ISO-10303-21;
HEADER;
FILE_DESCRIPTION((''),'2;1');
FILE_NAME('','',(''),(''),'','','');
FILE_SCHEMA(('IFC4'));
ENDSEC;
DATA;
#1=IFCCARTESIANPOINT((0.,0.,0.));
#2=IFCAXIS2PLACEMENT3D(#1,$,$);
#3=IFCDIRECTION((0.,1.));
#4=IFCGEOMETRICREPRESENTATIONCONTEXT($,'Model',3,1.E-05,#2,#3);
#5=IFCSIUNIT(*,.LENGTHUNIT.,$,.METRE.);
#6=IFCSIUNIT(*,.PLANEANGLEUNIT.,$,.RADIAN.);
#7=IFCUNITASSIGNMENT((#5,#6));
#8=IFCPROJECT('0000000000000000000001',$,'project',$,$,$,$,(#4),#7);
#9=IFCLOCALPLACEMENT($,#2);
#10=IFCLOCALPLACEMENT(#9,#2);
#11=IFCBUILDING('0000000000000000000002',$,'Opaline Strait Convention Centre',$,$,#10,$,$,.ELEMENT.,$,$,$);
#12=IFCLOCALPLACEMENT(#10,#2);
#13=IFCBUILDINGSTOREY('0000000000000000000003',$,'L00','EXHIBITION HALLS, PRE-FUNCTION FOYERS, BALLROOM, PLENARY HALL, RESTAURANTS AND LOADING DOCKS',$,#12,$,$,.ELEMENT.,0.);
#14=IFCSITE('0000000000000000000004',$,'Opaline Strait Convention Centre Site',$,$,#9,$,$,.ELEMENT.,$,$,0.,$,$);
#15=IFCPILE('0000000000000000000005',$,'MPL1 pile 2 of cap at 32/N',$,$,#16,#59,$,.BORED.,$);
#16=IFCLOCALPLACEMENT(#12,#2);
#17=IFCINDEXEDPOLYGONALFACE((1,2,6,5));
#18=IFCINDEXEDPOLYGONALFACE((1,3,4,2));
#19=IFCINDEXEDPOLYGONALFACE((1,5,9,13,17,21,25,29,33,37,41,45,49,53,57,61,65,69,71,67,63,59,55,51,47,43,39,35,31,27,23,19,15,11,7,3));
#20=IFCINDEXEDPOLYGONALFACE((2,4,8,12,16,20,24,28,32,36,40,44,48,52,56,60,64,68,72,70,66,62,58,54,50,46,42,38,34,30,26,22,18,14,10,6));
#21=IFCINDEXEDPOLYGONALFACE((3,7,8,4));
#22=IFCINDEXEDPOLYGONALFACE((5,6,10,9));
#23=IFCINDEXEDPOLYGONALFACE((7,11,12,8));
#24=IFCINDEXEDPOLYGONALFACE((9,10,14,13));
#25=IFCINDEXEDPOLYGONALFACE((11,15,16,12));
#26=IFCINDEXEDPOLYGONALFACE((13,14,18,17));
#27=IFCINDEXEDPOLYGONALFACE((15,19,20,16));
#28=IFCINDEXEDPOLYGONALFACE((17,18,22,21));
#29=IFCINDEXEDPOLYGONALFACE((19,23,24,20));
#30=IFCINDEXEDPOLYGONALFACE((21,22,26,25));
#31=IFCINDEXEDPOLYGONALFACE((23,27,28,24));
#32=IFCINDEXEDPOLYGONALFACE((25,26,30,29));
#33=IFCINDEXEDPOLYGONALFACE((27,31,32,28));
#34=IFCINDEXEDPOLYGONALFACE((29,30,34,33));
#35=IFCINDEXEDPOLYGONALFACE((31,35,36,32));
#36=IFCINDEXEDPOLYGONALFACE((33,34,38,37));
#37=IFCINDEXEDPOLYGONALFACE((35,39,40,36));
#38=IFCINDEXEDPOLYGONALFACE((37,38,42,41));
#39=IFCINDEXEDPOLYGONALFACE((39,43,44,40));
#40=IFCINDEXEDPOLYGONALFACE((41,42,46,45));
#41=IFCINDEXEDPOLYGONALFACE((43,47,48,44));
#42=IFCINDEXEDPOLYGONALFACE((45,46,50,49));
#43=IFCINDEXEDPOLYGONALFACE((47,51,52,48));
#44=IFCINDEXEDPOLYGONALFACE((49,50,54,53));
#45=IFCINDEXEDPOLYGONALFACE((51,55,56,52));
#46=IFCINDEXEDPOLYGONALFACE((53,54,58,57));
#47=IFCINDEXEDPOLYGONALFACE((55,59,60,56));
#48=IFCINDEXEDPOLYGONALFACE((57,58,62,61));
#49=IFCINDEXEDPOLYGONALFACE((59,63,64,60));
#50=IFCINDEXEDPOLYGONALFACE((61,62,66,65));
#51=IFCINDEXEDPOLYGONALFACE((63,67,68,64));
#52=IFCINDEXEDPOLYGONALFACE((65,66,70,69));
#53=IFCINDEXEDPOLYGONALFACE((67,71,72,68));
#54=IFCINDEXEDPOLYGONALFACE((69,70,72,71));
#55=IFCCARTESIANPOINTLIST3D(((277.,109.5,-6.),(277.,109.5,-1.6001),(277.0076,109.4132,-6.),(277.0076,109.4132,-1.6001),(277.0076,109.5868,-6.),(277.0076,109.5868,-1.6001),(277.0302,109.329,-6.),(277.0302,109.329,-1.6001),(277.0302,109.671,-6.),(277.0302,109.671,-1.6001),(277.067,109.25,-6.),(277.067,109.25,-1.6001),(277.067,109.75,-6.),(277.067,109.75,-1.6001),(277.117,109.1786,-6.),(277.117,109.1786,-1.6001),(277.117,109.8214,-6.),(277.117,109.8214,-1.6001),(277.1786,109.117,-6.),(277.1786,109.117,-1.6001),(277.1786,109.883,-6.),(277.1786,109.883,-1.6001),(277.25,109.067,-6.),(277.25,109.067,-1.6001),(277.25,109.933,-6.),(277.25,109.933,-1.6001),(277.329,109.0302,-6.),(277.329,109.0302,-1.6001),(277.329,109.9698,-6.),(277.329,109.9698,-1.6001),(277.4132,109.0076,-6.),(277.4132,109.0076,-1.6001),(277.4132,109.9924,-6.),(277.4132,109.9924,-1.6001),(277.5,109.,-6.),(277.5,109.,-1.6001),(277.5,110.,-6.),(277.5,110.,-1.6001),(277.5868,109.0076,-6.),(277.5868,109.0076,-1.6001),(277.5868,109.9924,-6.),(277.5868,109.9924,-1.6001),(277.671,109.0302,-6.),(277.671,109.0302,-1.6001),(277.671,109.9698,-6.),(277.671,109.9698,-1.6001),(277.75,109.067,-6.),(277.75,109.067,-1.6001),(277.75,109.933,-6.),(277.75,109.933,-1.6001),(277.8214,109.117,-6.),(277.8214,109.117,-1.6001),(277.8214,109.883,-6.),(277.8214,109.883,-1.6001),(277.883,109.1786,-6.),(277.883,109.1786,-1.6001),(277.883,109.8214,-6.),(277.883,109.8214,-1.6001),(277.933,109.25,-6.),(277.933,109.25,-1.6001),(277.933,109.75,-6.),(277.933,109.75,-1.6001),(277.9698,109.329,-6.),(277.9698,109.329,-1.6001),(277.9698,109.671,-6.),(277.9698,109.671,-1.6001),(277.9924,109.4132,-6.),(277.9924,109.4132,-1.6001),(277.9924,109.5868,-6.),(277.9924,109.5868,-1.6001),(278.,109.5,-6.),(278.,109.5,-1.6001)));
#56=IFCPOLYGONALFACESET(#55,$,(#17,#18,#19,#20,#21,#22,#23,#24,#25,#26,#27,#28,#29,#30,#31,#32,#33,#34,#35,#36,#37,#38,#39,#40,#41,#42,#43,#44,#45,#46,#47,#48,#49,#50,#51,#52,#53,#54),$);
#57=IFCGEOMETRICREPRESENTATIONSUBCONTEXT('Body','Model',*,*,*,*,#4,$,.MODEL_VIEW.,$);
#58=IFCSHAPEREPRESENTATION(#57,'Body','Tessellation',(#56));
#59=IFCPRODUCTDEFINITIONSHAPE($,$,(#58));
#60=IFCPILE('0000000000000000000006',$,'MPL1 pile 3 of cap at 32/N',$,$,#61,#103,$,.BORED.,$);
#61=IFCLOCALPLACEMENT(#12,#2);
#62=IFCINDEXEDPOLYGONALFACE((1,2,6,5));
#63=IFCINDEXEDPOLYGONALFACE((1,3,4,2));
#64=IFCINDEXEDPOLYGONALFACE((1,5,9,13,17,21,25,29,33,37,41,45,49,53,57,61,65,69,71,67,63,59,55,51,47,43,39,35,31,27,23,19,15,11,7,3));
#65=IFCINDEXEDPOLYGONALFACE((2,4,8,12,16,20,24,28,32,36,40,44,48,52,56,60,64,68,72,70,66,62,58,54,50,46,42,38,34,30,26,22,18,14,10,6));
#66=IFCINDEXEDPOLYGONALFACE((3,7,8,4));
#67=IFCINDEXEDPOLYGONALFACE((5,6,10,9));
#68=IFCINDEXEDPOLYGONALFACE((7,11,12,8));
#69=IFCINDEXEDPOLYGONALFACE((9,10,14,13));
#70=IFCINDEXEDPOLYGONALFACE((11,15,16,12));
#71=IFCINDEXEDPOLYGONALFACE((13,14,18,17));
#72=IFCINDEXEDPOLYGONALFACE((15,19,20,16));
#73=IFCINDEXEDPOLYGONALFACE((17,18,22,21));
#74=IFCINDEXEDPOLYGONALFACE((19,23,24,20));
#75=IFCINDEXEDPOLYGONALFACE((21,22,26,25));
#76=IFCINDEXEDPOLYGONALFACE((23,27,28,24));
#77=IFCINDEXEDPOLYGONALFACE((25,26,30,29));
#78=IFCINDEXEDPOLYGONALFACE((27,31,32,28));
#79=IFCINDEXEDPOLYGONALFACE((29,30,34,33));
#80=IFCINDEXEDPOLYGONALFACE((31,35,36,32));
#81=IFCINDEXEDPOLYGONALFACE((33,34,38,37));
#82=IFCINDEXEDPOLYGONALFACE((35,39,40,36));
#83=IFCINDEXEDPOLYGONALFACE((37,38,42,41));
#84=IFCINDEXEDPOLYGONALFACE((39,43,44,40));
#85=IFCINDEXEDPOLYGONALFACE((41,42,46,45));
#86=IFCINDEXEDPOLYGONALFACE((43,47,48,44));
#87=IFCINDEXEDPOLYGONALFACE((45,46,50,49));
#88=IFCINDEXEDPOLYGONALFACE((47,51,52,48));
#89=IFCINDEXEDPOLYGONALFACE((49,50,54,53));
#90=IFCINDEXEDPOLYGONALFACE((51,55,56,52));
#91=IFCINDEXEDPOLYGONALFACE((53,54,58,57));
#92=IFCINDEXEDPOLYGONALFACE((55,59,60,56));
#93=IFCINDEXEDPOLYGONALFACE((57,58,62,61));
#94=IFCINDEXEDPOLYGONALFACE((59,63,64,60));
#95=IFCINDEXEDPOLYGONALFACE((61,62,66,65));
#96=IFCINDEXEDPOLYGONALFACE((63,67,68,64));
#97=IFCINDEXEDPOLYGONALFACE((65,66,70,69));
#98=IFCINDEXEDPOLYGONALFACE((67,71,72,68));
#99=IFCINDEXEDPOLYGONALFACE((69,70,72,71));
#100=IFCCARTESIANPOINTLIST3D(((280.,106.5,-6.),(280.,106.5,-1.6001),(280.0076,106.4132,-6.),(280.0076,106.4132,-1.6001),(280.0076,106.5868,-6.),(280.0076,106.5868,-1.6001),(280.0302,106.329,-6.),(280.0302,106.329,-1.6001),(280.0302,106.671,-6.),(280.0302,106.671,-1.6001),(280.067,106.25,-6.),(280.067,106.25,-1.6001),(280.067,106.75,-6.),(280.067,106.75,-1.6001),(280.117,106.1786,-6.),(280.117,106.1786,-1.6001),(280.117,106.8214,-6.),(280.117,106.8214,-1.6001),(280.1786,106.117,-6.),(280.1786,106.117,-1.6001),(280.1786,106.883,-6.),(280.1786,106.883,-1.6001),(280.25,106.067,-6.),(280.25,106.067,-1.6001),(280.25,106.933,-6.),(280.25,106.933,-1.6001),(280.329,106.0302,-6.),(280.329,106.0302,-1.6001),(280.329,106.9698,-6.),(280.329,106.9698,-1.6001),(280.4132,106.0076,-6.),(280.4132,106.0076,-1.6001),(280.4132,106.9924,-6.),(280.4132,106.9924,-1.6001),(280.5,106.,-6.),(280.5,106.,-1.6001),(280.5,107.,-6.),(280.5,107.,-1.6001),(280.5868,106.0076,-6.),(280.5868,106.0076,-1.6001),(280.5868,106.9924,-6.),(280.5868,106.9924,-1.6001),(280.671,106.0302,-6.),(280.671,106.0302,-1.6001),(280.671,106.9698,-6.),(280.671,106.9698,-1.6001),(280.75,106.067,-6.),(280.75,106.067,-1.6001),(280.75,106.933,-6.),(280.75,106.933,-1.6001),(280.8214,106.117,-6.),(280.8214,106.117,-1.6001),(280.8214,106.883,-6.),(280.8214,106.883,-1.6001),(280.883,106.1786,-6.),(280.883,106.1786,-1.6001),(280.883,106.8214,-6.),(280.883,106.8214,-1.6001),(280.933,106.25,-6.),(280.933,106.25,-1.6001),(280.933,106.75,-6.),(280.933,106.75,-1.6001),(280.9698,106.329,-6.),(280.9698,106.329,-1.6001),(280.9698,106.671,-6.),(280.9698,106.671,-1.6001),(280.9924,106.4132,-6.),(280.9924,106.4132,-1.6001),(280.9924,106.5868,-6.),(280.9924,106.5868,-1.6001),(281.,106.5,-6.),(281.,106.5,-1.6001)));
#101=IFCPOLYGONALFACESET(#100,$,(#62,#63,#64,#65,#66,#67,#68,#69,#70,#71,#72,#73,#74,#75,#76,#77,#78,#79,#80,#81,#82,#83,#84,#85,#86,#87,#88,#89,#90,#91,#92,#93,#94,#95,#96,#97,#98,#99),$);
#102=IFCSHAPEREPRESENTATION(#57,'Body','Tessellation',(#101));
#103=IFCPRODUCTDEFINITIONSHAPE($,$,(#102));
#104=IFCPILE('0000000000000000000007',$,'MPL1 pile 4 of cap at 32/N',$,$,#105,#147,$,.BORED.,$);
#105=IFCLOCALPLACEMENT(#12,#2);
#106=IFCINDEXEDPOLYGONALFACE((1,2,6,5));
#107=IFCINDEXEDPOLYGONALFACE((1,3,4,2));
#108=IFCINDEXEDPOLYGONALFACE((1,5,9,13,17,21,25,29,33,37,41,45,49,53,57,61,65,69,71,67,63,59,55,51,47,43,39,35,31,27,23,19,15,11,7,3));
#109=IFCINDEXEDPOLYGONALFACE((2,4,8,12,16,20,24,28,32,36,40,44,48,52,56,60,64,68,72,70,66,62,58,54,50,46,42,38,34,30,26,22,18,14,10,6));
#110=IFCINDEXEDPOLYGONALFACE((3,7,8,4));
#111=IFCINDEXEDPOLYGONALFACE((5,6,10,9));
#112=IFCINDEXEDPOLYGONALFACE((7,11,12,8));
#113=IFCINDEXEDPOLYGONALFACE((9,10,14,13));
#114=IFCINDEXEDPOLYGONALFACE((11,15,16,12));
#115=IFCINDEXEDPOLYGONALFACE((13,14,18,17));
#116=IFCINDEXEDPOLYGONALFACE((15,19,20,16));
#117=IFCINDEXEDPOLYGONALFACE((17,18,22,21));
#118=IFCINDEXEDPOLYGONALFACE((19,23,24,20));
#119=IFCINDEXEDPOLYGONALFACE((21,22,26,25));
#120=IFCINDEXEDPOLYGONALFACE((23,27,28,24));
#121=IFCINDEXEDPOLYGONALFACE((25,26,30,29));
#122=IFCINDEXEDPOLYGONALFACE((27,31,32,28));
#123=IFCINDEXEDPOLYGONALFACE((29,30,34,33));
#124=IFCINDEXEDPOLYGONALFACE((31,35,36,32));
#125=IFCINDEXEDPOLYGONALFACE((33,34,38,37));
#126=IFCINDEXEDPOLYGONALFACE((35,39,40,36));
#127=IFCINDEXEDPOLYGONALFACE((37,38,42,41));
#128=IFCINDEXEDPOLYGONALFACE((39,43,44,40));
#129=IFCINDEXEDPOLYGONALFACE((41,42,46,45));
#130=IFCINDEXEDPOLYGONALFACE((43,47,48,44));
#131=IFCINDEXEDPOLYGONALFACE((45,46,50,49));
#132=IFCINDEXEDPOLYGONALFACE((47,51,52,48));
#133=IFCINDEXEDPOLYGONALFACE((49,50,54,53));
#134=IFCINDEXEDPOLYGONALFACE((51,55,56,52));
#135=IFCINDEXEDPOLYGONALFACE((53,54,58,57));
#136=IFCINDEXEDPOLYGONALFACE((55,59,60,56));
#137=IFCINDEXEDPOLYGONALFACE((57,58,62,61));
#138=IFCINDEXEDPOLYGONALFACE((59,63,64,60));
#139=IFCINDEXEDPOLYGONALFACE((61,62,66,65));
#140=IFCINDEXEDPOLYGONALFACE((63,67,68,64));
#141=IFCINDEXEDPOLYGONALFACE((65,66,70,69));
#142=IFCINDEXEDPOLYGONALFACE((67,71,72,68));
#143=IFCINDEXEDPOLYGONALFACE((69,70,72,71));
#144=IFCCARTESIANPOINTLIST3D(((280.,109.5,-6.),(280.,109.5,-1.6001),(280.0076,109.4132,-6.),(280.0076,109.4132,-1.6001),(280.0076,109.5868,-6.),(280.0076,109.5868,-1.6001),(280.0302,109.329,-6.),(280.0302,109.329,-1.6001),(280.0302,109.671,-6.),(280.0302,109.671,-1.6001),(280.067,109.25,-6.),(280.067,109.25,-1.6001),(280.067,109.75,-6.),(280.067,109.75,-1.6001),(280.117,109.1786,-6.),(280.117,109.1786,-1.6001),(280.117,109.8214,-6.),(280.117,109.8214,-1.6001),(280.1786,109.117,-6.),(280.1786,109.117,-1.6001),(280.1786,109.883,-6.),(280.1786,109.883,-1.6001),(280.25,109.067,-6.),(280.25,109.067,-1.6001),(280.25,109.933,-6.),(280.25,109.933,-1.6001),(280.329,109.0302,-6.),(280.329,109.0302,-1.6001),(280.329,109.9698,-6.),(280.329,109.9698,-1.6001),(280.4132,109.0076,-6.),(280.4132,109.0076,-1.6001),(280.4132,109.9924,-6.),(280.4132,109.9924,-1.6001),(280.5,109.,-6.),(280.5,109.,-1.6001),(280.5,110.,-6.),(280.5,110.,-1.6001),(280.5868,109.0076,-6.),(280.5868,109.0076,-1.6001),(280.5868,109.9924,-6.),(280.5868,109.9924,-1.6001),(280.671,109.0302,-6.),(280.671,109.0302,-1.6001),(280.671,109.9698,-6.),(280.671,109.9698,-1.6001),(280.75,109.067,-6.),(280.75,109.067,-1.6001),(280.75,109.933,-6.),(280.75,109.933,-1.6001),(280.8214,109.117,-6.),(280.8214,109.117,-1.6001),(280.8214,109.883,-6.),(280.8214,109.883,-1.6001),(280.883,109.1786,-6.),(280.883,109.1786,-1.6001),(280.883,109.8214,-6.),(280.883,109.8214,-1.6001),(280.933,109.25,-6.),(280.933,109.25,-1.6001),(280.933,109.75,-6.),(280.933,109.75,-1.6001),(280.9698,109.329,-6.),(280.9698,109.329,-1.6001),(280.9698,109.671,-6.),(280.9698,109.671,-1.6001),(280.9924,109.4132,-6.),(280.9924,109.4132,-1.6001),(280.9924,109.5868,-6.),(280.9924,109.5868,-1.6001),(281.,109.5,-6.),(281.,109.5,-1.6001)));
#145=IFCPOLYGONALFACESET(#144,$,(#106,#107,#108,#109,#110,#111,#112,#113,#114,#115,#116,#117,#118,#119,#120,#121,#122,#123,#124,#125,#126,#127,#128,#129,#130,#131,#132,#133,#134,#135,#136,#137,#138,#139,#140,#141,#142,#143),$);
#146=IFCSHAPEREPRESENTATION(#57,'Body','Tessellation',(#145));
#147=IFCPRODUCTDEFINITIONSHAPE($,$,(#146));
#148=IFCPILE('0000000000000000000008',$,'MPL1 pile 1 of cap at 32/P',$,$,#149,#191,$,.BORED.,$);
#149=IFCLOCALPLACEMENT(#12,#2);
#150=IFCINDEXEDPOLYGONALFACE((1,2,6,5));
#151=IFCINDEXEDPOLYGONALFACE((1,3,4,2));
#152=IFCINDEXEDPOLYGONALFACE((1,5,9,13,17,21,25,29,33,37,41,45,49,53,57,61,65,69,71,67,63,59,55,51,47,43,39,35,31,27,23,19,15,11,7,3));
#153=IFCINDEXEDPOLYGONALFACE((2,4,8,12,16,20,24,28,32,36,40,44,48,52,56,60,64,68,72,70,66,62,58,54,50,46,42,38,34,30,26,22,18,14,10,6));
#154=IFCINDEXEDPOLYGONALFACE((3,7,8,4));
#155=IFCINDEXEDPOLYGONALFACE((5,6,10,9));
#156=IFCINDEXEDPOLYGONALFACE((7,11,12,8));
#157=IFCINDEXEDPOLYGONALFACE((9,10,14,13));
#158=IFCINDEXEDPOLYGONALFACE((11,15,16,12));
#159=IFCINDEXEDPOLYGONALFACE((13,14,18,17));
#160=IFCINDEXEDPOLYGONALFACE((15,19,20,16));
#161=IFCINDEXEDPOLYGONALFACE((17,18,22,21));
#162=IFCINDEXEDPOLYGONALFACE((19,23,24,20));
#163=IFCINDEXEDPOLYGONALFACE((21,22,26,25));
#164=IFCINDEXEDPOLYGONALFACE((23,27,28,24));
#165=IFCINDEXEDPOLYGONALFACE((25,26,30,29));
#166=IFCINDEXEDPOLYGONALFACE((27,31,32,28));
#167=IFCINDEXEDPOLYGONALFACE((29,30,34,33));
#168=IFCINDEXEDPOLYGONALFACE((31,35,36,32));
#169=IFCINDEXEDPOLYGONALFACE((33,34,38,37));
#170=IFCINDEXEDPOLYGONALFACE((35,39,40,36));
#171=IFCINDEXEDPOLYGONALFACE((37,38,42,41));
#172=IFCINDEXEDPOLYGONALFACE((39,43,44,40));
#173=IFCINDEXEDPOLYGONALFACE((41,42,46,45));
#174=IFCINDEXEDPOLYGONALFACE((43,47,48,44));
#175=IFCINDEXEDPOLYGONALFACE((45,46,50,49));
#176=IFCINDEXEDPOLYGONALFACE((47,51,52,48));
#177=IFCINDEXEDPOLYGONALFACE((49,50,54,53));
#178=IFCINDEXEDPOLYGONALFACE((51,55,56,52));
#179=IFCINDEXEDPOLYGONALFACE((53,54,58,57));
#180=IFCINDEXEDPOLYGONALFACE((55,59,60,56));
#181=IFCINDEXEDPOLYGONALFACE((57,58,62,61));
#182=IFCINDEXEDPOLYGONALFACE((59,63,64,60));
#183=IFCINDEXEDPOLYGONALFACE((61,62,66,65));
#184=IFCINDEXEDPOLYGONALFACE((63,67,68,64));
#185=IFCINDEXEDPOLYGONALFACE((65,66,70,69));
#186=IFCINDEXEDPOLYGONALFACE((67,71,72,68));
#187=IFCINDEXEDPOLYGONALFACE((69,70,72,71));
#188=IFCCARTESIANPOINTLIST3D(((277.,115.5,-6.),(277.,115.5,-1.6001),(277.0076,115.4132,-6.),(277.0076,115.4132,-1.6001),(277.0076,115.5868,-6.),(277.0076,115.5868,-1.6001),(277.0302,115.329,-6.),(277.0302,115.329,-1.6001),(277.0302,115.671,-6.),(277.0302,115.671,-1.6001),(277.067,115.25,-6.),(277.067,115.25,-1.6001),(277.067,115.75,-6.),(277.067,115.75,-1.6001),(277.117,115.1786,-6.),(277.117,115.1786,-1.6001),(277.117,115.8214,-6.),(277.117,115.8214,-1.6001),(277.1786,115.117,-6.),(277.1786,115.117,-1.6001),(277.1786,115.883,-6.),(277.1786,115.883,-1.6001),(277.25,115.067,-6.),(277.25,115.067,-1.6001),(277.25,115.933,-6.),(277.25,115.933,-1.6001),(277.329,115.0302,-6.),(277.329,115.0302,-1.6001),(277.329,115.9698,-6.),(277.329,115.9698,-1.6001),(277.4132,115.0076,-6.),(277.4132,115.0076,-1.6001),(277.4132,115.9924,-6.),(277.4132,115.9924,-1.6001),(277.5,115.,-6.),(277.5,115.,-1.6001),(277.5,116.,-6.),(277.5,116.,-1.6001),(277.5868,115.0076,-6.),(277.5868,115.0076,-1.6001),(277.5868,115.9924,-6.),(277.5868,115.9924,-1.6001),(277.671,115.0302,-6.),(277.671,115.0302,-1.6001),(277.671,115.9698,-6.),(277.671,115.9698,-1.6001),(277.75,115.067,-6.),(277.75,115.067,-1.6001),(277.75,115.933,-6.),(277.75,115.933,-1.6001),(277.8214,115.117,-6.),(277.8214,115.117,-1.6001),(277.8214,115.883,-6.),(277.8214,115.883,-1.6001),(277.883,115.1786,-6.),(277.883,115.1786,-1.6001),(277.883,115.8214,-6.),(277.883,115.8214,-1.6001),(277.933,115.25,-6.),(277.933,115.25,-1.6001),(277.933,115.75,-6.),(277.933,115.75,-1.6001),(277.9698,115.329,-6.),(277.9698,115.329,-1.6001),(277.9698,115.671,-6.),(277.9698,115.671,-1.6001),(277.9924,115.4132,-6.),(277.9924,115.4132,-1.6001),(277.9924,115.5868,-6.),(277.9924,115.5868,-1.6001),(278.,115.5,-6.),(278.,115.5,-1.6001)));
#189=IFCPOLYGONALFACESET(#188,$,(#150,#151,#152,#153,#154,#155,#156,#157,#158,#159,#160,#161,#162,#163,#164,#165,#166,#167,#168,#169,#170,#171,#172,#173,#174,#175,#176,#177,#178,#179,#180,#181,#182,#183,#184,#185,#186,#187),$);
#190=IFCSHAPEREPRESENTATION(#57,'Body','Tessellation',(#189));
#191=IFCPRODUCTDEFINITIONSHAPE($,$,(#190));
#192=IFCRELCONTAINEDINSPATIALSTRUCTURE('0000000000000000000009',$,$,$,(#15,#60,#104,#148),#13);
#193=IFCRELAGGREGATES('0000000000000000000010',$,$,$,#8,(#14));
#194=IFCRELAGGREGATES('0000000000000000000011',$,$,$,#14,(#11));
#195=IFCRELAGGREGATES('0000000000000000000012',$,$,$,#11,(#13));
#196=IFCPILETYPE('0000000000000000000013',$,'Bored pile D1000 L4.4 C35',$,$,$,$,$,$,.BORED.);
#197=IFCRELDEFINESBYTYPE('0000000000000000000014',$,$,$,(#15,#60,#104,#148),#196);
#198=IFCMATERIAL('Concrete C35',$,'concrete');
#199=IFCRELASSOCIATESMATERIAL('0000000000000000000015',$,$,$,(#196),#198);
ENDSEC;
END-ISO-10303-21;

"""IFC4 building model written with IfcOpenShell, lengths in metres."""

from ifc_helpers import new_model, si_unit, direction, frame, origin, origin_2d, place, context, subcontext, project, spatial, circle, extrude, material, material_profile, profile_set, type_object, element, save


model = new_model("IFC4")

# Units and contexts
model_context = context("Model", 3, precision=1e-05, world=origin(), true_north=direction((0.0, 1.0)))
body_context = subcontext(model_context, "Body", "Model", "MODEL_VIEW")
ifc_project = project(units=[si_unit("LENGTHUNIT", "METRE"), si_unit("PLANEANGLEUNIT", "RADIAN")], contexts=[model_context])

# Site, building, storey
site_placement = place(None, origin())
site = spatial("IfcSite", under=ifc_project, at=site_placement, Name="Opaline Strait Convention Centre Site", CompositionType="ELEMENT", RefElevation=0.0)
building_placement = place(site_placement, origin())
building = spatial("IfcBuilding", under=site, at=building_placement, Name="Opaline Strait Convention Centre", CompositionType="ELEMENT")
storey_placement = place(building_placement, origin())
storey = spatial("IfcBuildingStorey", under=building, at=storey_placement, Name="L00", Description="EXHIBITION HALLS, PRE-FUNCTION FOYERS, BALLROOM, PLENARY HALL, RESTAURANTS AND LOADING DOCKS", CompositionType="ELEMENT", Elevation=0.0)

# Piles
ifc_material_1 = material(Name="Concrete C35", Category="concrete")
ifc_material_profile_1 = material_profile(ifc_material_1, circle(Radius=0.5, at=origin_2d()), Name="D1000")
ifc_profile_set_1 = profile_set([ifc_material_profile_1], Name="Concrete C35")
pile_type = type_object("IfcPileType", Name="Bored pile D1000 L4.4 C35", PredefinedType="BORED", material=ifc_profile_set_1)
for number, where, z_axis, x_axis, name in (
    (1, (277.5, 109.5, -1.6001), (0.0, 0.0, -1.0), (1.0, 0.0, 0.0), "MPL1 pile 2 of cap at 32/N"),
    (2, (280.5, 106.5, -1.6001), (0.0, 0.0, -1.0), (1.0, 0.0, 0.0), "MPL1 pile 3 of cap at 32/N"),
    (3, (280.5, 109.5, -1.6001), (0.0, 0.0, -1.0), (1.0, 0.0, 0.0), "MPL1 pile 4 of cap at 32/N"),
    (4, (277.5, 115.5, -1.6001), (0.0, 0.0, -1.0), (1.0, 0.0, 0.0), "MPL1 pile 1 of cap at 32/P"),
):
    element("IfcPile", number, at=place(storey_placement, frame(where, z_axis=z_axis, x_axis=x_axis)), inside=storey, type_object=pile_type, Name=name, PredefinedType="BORED", context=body_context, shape_type="SweptSolid", body=[
        extrude(circle(Radius=0.5, at=origin_2d()), origin(), (0.0, 0.0, 1.0), 4.3999),
    ])

save(model, "model.ifc")
